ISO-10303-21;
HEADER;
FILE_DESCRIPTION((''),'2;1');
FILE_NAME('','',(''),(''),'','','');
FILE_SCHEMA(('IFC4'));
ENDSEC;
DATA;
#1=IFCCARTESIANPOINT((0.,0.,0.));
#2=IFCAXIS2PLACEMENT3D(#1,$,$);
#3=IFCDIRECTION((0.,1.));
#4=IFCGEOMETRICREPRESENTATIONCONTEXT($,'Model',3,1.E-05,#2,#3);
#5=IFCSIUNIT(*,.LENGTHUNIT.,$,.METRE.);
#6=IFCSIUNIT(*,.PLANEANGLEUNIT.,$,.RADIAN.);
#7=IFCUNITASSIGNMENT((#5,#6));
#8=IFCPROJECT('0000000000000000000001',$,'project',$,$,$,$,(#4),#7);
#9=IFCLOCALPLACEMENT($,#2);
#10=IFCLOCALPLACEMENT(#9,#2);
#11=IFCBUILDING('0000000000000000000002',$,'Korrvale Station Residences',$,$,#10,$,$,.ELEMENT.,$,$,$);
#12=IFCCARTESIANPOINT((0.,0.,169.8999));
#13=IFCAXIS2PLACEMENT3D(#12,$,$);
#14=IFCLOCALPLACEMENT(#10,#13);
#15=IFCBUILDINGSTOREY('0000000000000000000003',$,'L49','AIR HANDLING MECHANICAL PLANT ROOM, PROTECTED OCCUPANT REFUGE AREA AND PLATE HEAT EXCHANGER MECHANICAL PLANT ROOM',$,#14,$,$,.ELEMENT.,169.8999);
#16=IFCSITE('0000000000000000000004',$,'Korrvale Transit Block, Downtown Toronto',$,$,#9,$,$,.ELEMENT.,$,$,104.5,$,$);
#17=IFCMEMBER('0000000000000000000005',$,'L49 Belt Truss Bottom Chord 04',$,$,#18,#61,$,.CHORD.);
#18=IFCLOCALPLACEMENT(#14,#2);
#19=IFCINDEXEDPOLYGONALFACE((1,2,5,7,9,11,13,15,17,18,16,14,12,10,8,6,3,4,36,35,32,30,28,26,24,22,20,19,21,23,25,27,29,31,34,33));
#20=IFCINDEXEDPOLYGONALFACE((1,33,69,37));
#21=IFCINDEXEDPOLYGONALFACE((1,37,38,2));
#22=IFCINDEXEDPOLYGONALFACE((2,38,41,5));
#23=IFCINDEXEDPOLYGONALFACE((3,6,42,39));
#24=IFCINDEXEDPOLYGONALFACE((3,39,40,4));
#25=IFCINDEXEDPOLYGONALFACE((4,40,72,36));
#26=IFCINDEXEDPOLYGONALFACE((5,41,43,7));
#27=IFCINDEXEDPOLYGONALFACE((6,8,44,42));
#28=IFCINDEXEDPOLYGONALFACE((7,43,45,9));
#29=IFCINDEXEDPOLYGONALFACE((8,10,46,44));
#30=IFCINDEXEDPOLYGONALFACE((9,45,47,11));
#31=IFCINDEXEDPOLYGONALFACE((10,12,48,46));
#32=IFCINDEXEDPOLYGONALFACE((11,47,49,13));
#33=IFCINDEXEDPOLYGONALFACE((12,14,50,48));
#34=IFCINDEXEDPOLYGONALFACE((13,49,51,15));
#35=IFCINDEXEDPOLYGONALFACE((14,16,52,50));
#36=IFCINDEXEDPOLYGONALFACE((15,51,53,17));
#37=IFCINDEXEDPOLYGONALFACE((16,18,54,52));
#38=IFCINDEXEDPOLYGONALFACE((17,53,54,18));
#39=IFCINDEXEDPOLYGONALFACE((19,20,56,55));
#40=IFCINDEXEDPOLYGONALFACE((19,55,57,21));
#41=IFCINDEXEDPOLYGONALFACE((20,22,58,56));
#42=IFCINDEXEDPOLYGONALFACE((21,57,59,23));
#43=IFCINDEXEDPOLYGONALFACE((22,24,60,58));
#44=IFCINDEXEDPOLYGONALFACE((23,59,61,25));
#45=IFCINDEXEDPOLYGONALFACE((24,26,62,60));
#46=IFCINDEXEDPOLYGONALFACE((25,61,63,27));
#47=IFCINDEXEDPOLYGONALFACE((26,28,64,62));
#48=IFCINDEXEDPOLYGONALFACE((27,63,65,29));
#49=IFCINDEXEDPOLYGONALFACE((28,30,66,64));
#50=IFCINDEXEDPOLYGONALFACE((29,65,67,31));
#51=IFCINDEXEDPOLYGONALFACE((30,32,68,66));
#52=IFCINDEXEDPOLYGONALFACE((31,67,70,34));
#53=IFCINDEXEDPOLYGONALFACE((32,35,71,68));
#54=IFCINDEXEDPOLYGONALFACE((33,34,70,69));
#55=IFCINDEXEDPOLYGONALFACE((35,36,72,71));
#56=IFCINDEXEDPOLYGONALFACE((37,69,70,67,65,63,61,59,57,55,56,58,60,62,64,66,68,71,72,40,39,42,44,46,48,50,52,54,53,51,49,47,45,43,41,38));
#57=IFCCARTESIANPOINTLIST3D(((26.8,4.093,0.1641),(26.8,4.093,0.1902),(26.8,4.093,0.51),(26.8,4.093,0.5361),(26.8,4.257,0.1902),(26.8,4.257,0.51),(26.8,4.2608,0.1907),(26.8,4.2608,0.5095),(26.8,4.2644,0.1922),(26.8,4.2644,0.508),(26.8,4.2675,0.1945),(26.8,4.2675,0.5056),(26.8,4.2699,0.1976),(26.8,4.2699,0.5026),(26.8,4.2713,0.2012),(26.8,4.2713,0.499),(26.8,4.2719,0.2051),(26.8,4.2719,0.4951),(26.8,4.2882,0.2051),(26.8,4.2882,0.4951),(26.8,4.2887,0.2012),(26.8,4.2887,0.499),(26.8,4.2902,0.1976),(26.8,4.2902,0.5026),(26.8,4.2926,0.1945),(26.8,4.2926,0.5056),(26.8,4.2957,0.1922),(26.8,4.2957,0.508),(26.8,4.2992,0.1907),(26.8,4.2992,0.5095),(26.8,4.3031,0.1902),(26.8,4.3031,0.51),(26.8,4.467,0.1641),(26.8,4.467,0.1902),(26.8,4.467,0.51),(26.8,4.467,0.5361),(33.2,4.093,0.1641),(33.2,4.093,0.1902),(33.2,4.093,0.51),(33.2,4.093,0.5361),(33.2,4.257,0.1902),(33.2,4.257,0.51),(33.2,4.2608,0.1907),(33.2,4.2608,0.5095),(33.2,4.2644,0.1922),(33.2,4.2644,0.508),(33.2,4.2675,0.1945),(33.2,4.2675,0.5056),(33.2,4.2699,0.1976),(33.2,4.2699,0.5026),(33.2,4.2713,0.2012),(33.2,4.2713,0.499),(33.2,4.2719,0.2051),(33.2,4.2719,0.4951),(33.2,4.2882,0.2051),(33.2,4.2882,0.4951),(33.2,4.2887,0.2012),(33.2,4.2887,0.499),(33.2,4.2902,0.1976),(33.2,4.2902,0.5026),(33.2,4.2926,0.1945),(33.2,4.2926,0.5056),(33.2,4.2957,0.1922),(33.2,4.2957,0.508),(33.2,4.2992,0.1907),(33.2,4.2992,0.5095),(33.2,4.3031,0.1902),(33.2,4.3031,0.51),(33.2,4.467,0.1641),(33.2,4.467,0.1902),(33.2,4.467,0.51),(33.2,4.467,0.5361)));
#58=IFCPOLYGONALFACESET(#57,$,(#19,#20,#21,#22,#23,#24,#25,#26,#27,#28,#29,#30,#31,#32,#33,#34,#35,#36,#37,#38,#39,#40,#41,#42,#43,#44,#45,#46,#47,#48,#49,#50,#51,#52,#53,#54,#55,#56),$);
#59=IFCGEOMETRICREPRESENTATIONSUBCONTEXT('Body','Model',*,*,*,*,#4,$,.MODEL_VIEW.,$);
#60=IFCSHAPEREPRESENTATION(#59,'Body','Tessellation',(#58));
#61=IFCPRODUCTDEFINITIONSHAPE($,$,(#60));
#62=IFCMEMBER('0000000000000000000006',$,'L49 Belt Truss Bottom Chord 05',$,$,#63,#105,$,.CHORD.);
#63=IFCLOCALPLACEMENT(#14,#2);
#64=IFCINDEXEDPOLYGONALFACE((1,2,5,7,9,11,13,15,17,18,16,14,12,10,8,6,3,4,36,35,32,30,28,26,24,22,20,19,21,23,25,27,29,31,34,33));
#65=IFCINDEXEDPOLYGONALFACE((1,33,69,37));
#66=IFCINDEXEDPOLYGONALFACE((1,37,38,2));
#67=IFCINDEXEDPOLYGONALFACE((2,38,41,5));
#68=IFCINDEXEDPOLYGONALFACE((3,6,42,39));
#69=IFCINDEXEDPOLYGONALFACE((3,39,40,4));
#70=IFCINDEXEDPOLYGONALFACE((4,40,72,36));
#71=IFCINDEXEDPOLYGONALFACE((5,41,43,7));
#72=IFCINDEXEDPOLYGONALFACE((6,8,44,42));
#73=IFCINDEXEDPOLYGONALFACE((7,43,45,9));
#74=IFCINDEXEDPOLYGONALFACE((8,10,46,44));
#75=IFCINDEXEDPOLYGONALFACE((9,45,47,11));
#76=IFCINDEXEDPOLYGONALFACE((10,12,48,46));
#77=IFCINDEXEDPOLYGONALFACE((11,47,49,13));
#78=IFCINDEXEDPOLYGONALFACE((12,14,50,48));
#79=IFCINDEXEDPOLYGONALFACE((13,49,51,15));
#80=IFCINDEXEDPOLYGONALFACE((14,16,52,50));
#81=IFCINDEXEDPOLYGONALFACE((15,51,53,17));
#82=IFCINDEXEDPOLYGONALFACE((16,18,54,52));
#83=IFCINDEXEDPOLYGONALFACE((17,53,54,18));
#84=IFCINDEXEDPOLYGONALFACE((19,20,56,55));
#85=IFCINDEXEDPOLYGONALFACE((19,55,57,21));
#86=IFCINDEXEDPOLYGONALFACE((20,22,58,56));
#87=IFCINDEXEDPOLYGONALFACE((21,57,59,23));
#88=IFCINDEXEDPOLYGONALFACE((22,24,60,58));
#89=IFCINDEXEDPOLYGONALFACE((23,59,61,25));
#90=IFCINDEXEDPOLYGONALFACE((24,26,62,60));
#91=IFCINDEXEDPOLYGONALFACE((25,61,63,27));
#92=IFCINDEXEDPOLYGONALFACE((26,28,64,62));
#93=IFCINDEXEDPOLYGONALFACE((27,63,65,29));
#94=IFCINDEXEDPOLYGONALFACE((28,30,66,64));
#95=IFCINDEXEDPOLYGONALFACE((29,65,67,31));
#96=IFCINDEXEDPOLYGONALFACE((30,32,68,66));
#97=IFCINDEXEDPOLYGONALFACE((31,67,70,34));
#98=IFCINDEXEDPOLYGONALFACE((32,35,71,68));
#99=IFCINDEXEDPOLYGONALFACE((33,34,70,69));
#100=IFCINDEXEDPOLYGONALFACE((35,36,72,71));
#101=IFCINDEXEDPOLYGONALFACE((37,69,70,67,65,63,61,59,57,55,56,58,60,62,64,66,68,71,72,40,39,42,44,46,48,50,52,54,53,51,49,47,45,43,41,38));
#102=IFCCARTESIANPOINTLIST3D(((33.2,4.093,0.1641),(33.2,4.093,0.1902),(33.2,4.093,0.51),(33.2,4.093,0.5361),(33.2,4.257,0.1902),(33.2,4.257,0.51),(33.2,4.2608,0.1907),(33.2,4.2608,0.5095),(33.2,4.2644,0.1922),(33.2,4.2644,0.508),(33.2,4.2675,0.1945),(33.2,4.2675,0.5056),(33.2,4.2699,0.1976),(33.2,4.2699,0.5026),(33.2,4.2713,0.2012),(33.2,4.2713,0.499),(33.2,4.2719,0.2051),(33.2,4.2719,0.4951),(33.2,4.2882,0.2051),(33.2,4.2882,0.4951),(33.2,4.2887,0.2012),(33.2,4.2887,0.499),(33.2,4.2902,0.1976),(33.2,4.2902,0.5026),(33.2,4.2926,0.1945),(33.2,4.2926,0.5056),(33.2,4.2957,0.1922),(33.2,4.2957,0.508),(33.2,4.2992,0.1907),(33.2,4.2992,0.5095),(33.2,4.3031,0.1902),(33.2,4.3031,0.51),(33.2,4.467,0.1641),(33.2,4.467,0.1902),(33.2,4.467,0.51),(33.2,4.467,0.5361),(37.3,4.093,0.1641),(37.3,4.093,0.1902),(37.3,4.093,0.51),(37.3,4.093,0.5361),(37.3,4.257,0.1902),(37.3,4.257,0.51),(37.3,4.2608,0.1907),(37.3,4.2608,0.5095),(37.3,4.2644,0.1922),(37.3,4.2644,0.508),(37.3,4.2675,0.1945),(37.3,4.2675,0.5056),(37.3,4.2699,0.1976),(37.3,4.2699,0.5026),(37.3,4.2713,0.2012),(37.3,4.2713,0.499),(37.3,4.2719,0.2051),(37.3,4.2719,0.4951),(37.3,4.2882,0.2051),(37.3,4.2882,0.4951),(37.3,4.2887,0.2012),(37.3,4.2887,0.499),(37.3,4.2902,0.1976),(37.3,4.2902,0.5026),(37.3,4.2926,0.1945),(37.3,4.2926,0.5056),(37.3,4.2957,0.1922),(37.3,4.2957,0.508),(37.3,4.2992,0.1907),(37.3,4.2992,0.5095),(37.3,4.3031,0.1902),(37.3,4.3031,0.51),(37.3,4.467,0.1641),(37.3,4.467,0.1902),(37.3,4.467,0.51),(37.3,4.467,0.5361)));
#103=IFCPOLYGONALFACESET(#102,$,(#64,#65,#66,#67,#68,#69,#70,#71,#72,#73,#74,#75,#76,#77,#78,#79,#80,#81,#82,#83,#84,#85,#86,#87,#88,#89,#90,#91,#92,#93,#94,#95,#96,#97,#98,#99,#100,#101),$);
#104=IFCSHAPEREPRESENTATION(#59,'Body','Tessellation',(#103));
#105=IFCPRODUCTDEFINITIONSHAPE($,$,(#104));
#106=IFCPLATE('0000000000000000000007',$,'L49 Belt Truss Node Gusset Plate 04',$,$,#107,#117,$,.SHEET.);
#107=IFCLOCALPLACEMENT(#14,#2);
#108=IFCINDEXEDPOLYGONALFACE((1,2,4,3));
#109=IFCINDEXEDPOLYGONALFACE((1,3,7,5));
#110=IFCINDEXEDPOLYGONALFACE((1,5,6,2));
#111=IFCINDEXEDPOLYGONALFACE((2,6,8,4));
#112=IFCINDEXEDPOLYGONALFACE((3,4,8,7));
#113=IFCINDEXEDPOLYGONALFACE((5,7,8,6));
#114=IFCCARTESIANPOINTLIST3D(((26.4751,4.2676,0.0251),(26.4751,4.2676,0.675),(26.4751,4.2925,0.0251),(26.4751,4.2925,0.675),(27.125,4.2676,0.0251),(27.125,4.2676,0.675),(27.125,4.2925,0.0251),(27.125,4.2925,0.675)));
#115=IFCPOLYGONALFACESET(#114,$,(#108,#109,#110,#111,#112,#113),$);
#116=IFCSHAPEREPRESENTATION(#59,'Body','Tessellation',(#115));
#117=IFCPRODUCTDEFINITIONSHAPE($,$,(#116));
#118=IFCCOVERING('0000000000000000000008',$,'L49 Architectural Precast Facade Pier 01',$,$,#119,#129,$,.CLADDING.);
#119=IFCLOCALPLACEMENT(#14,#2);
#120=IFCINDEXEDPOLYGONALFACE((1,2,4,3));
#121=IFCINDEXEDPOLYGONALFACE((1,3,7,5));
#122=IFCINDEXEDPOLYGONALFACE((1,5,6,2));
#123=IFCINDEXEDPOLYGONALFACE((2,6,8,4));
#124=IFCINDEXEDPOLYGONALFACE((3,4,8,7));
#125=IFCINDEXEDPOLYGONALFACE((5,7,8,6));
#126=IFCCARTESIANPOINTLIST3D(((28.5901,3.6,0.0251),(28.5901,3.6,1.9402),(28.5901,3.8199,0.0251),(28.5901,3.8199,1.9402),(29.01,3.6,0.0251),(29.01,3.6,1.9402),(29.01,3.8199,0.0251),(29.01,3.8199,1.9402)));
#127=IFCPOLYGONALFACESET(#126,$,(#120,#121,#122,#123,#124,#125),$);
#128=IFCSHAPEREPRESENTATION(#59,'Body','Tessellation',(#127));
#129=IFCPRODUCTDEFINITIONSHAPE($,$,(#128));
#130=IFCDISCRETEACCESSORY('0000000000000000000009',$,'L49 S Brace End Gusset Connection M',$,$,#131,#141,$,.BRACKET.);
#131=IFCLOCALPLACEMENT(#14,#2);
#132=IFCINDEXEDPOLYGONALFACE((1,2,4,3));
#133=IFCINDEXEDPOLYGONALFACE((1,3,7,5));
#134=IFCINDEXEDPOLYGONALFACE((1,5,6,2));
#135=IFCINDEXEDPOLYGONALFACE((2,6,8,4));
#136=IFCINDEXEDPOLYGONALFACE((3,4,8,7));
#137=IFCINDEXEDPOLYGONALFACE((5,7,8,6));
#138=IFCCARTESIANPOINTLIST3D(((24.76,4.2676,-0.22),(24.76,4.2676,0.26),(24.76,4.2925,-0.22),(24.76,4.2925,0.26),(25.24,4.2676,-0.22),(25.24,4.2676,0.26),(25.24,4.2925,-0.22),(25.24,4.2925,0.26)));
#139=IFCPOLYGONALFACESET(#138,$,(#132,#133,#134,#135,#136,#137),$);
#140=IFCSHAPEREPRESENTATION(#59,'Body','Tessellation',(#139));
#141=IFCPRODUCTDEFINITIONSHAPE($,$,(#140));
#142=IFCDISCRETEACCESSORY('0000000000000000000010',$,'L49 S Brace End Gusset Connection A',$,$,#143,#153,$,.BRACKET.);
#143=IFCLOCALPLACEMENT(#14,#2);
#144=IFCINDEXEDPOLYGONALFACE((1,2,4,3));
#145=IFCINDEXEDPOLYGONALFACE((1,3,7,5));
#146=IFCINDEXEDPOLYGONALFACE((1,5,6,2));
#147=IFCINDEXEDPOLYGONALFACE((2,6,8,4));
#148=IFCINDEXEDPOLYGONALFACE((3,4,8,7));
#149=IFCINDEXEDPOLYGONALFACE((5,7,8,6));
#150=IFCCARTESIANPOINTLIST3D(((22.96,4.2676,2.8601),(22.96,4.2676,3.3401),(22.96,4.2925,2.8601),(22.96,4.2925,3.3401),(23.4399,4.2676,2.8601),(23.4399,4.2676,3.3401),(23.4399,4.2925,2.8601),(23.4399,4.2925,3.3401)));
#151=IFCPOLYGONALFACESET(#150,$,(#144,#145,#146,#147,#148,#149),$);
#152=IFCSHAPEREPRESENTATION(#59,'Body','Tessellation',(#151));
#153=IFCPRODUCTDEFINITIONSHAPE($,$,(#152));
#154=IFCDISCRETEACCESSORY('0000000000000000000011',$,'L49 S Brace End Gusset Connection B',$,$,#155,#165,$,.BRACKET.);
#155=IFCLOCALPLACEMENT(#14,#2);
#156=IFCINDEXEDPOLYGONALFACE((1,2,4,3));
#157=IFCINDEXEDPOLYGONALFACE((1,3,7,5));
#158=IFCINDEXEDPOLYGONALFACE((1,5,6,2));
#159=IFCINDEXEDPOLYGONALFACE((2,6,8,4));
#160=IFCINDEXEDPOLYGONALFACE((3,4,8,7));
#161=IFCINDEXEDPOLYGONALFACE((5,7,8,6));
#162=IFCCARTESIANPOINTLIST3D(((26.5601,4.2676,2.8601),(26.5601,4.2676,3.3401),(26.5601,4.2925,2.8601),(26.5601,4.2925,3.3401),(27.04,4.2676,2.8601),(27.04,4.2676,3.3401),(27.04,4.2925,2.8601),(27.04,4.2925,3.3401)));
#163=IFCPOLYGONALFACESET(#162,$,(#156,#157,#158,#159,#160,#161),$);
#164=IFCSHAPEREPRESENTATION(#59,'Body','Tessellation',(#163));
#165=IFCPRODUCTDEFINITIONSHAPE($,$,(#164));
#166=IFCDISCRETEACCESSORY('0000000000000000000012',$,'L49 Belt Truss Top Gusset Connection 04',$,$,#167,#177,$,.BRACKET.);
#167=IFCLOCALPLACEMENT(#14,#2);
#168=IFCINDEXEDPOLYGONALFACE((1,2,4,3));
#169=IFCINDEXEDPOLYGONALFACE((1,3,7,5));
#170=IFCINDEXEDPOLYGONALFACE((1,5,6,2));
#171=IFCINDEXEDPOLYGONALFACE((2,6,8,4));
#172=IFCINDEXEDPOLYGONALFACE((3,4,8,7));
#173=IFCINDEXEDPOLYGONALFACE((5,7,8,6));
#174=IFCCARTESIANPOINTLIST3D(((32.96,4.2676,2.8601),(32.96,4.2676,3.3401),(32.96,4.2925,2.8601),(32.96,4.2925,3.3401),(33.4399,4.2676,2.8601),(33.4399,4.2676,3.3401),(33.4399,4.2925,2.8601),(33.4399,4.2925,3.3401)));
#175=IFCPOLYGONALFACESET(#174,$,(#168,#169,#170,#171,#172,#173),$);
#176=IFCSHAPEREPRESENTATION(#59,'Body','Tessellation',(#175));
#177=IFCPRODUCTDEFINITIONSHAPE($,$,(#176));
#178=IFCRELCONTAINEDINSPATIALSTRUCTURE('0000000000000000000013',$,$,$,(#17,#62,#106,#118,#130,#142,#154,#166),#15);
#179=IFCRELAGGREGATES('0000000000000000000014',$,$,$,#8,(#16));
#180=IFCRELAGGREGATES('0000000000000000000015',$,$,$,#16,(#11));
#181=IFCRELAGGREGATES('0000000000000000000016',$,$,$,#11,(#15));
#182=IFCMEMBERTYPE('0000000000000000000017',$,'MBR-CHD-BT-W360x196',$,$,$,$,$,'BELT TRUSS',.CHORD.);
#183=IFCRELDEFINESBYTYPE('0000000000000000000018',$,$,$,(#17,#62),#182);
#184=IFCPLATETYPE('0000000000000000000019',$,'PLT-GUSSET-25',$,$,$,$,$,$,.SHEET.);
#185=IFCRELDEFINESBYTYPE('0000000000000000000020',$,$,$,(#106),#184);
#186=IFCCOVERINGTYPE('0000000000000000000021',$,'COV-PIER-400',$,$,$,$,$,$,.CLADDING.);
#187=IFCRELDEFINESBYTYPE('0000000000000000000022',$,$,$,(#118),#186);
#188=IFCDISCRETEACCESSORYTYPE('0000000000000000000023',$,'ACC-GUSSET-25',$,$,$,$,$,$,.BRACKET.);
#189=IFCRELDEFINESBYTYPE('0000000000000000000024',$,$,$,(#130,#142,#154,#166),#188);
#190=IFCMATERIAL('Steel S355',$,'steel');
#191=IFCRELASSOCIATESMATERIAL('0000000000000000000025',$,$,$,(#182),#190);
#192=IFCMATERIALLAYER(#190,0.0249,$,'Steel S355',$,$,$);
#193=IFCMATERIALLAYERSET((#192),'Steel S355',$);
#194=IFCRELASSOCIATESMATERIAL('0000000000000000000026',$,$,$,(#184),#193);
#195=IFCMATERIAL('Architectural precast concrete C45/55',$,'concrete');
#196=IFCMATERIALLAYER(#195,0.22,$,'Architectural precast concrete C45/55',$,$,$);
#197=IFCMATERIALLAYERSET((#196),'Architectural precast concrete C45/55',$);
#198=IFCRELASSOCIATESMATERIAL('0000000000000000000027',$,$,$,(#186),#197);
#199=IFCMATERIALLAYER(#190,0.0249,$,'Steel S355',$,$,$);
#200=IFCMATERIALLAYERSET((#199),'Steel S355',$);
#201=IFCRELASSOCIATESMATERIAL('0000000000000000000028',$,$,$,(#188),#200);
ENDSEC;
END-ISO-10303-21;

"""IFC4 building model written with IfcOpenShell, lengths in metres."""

from ifc_helpers import new_model, si_unit, direction, frame, origin, origin_2d, place, context, subcontext, project, spatial, rectangle, i_section, extrude, material, layer, layer_set, material_profile, profile_set, type_object, element, save


model = new_model("IFC4")

# Units and contexts
model_context = context("Model", 3, precision=1e-05, world=origin(), true_north=direction((0.0, 1.0)))
body_context = subcontext(model_context, "Body", "Model", "MODEL_VIEW")
ifc_project = project(units=[si_unit("LENGTHUNIT", "METRE"), si_unit("PLANEANGLEUNIT", "RADIAN")], contexts=[model_context])

# Site, building, storey
site_placement = place(None, origin())
site = spatial("IfcSite", under=ifc_project, at=site_placement, Name="Korrvale Transit Block, Downtown Toronto", CompositionType="ELEMENT", RefElevation=104.5)
building_placement = place(site_placement, origin())
building = spatial("IfcBuilding", under=site, at=building_placement, Name="Korrvale Station Residences", CompositionType="ELEMENT")
storey_placement = place(building_placement, frame((0.0, 0.0, 169.8999)))
storey = spatial("IfcBuildingStorey", under=building, at=storey_placement, Name="L49", Description="AIR HANDLING MECHANICAL PLANT ROOM, PROTECTED OCCUPANT REFUGE AREA AND PLATE HEAT EXCHANGER MECHANICAL PLANT ROOM", CompositionType="ELEMENT", Elevation=169.8999)

# Members
ifc_material_1 = material(Name="Steel S355", Category="steel")
ifc_material_profile_1 = material_profile(ifc_material_1, i_section(OverallWidth=0.374, OverallDepth=0.3721, WebThickness=0.0164, FlangeThickness=0.0261, FilletRadius=0.0149, at=origin_2d()), Name="W360x196")
ifc_profile_set_1 = profile_set([ifc_material_profile_1], Name="Steel S355")
member_type_1 = type_object("IfcMemberType", Name="MBR-CHD-BT-W360x196", ElementType="BELT TRUSS", PredefinedType="CHORD", material=ifc_profile_set_1)
member_1_placement = place(storey_placement, frame((26.8, 4.28, 0.3501), z_axis=(1.0, 0.0, 0.0), x_axis=(0.0, 1.0, 0.0)))
element("IfcMember", 1, at=member_1_placement, inside=storey, type_object=member_type_1, Name="L49 Belt Truss Bottom Chord 04", PredefinedType="CHORD", context=body_context, shape_type="SweptSolid", body=[
    extrude(i_section(OverallWidth=0.374, OverallDepth=0.3721, WebThickness=0.0164, FlangeThickness=0.0261, FilletRadius=0.0149, at=origin_2d()), origin(), (0.0, 0.0, 1.0), 6.3999),
])
member_2_placement = place(storey_placement, frame((33.2, 4.28, 0.3501), z_axis=(1.0, 0.0, 0.0), x_axis=(0.0, 1.0, 0.0)))
element("IfcMember", 2, at=member_2_placement, inside=storey, type_object=member_type_1, Name="L49 Belt Truss Bottom Chord 05", PredefinedType="CHORD", context=body_context, shape_type="SweptSolid", body=[
    extrude(i_section(OverallWidth=0.374, OverallDepth=0.3721, WebThickness=0.0164, FlangeThickness=0.0261, FilletRadius=0.0149, at=origin_2d()), origin(), (0.0, 0.0, 1.0), 4.1001),
])

# Plate
ifc_layer_1 = layer(ifc_material_1, 0.0249, Name="Steel S355")
ifc_layer_set_1 = layer_set([ifc_layer_1], Name="Steel S355")
plate_type = type_object("IfcPlateType", Name="PLT-GUSSET-25", PredefinedType="SHEET", material=ifc_layer_set_1)
plate_placement = place(storey_placement, frame((26.8, 4.28, 0.0251), z_axis=(0.0, 0.0, 1.0), x_axis=(1.0, 0.0, 0.0)))
element("IfcPlate", 3, at=plate_placement, inside=storey, type_object=plate_type, Name="L49 Belt Truss Node Gusset Plate 04", PredefinedType="SHEET", context=body_context, shape_type="SweptSolid", body=[
    extrude(rectangle(XDim=0.6499, YDim=0.0249, at=origin_2d()), origin(), (0.0, 0.0, 1.0), 0.6499),
])

# Covering
ifc_material_2 = material(Name="Architectural precast concrete C45/55", Category="concrete")
ifc_layer_2 = layer(ifc_material_2, 0.22, Name="Architectural precast concrete C45/55")
ifc_layer_set_2 = layer_set([ifc_layer_2], Name="Architectural precast concrete C45/55")
covering_type = type_object("IfcCoveringType", Name="COV-PIER-400", PredefinedType="CLADDING", material=ifc_layer_set_2)
covering_placement = place(storey_placement, frame((28.8, 3.71, 0.0251), z_axis=(0.0, 0.0, 1.0), x_axis=(1.0, 0.0, 0.0)))
element("IfcCovering", 4, at=covering_placement, inside=storey, type_object=covering_type, Name="L49 Architectural Precast Facade Pier 01", PredefinedType="CLADDING", context=body_context, shape_type="SweptSolid", body=[
    extrude(rectangle(XDim=0.4199, YDim=0.22, at=origin_2d()), origin(), (0.0, 0.0, 1.0), 1.915),
])

# Discrete accessories
ifc_layer_3 = layer(ifc_material_1, 0.0249, Name="Steel S355")
ifc_layer_set_3 = layer_set([ifc_layer_3], Name="Steel S355")
discrete_accessory_type = type_object("IfcDiscreteAccessoryType", Name="ACC-GUSSET-25", PredefinedType="BRACKET", material=ifc_layer_set_3)
for number, where, z_axis, x_axis, name in (
    (5, (25.0, 4.28, -0.22), (0.0, 0.0, 1.0), (1.0, 0.0, 0.0), "L49 S Brace End Gusset Connection M"),
    (6, (23.2, 4.28, 2.8601), (0.0, 0.0, 1.0), (1.0, 0.0, 0.0), "L49 S Brace End Gusset Connection A"),
    (7, (26.8, 4.28, 2.8601), (0.0, 0.0, 1.0), (1.0, 0.0, 0.0), "L49 S Brace End Gusset Connection B"),
    (8, (33.2, 4.28, 2.8601), (0.0, 0.0, 1.0), (1.0, 0.0, 0.0), "L49 Belt Truss Top Gusset Connection 04"),
):
    element("IfcDiscreteAccessory", number, at=place(storey_placement, frame(where, z_axis=z_axis, x_axis=x_axis)), inside=storey, type_object=discrete_accessory_type, Name=name, PredefinedType="BRACKET", context=body_context, shape_type="SweptSolid", body=[
        extrude(rectangle(XDim=0.48, YDim=0.0249, at=origin_2d()), origin(), (0.0, 0.0, 1.0), 0.48),
    ])

save(model, "model.ifc")
